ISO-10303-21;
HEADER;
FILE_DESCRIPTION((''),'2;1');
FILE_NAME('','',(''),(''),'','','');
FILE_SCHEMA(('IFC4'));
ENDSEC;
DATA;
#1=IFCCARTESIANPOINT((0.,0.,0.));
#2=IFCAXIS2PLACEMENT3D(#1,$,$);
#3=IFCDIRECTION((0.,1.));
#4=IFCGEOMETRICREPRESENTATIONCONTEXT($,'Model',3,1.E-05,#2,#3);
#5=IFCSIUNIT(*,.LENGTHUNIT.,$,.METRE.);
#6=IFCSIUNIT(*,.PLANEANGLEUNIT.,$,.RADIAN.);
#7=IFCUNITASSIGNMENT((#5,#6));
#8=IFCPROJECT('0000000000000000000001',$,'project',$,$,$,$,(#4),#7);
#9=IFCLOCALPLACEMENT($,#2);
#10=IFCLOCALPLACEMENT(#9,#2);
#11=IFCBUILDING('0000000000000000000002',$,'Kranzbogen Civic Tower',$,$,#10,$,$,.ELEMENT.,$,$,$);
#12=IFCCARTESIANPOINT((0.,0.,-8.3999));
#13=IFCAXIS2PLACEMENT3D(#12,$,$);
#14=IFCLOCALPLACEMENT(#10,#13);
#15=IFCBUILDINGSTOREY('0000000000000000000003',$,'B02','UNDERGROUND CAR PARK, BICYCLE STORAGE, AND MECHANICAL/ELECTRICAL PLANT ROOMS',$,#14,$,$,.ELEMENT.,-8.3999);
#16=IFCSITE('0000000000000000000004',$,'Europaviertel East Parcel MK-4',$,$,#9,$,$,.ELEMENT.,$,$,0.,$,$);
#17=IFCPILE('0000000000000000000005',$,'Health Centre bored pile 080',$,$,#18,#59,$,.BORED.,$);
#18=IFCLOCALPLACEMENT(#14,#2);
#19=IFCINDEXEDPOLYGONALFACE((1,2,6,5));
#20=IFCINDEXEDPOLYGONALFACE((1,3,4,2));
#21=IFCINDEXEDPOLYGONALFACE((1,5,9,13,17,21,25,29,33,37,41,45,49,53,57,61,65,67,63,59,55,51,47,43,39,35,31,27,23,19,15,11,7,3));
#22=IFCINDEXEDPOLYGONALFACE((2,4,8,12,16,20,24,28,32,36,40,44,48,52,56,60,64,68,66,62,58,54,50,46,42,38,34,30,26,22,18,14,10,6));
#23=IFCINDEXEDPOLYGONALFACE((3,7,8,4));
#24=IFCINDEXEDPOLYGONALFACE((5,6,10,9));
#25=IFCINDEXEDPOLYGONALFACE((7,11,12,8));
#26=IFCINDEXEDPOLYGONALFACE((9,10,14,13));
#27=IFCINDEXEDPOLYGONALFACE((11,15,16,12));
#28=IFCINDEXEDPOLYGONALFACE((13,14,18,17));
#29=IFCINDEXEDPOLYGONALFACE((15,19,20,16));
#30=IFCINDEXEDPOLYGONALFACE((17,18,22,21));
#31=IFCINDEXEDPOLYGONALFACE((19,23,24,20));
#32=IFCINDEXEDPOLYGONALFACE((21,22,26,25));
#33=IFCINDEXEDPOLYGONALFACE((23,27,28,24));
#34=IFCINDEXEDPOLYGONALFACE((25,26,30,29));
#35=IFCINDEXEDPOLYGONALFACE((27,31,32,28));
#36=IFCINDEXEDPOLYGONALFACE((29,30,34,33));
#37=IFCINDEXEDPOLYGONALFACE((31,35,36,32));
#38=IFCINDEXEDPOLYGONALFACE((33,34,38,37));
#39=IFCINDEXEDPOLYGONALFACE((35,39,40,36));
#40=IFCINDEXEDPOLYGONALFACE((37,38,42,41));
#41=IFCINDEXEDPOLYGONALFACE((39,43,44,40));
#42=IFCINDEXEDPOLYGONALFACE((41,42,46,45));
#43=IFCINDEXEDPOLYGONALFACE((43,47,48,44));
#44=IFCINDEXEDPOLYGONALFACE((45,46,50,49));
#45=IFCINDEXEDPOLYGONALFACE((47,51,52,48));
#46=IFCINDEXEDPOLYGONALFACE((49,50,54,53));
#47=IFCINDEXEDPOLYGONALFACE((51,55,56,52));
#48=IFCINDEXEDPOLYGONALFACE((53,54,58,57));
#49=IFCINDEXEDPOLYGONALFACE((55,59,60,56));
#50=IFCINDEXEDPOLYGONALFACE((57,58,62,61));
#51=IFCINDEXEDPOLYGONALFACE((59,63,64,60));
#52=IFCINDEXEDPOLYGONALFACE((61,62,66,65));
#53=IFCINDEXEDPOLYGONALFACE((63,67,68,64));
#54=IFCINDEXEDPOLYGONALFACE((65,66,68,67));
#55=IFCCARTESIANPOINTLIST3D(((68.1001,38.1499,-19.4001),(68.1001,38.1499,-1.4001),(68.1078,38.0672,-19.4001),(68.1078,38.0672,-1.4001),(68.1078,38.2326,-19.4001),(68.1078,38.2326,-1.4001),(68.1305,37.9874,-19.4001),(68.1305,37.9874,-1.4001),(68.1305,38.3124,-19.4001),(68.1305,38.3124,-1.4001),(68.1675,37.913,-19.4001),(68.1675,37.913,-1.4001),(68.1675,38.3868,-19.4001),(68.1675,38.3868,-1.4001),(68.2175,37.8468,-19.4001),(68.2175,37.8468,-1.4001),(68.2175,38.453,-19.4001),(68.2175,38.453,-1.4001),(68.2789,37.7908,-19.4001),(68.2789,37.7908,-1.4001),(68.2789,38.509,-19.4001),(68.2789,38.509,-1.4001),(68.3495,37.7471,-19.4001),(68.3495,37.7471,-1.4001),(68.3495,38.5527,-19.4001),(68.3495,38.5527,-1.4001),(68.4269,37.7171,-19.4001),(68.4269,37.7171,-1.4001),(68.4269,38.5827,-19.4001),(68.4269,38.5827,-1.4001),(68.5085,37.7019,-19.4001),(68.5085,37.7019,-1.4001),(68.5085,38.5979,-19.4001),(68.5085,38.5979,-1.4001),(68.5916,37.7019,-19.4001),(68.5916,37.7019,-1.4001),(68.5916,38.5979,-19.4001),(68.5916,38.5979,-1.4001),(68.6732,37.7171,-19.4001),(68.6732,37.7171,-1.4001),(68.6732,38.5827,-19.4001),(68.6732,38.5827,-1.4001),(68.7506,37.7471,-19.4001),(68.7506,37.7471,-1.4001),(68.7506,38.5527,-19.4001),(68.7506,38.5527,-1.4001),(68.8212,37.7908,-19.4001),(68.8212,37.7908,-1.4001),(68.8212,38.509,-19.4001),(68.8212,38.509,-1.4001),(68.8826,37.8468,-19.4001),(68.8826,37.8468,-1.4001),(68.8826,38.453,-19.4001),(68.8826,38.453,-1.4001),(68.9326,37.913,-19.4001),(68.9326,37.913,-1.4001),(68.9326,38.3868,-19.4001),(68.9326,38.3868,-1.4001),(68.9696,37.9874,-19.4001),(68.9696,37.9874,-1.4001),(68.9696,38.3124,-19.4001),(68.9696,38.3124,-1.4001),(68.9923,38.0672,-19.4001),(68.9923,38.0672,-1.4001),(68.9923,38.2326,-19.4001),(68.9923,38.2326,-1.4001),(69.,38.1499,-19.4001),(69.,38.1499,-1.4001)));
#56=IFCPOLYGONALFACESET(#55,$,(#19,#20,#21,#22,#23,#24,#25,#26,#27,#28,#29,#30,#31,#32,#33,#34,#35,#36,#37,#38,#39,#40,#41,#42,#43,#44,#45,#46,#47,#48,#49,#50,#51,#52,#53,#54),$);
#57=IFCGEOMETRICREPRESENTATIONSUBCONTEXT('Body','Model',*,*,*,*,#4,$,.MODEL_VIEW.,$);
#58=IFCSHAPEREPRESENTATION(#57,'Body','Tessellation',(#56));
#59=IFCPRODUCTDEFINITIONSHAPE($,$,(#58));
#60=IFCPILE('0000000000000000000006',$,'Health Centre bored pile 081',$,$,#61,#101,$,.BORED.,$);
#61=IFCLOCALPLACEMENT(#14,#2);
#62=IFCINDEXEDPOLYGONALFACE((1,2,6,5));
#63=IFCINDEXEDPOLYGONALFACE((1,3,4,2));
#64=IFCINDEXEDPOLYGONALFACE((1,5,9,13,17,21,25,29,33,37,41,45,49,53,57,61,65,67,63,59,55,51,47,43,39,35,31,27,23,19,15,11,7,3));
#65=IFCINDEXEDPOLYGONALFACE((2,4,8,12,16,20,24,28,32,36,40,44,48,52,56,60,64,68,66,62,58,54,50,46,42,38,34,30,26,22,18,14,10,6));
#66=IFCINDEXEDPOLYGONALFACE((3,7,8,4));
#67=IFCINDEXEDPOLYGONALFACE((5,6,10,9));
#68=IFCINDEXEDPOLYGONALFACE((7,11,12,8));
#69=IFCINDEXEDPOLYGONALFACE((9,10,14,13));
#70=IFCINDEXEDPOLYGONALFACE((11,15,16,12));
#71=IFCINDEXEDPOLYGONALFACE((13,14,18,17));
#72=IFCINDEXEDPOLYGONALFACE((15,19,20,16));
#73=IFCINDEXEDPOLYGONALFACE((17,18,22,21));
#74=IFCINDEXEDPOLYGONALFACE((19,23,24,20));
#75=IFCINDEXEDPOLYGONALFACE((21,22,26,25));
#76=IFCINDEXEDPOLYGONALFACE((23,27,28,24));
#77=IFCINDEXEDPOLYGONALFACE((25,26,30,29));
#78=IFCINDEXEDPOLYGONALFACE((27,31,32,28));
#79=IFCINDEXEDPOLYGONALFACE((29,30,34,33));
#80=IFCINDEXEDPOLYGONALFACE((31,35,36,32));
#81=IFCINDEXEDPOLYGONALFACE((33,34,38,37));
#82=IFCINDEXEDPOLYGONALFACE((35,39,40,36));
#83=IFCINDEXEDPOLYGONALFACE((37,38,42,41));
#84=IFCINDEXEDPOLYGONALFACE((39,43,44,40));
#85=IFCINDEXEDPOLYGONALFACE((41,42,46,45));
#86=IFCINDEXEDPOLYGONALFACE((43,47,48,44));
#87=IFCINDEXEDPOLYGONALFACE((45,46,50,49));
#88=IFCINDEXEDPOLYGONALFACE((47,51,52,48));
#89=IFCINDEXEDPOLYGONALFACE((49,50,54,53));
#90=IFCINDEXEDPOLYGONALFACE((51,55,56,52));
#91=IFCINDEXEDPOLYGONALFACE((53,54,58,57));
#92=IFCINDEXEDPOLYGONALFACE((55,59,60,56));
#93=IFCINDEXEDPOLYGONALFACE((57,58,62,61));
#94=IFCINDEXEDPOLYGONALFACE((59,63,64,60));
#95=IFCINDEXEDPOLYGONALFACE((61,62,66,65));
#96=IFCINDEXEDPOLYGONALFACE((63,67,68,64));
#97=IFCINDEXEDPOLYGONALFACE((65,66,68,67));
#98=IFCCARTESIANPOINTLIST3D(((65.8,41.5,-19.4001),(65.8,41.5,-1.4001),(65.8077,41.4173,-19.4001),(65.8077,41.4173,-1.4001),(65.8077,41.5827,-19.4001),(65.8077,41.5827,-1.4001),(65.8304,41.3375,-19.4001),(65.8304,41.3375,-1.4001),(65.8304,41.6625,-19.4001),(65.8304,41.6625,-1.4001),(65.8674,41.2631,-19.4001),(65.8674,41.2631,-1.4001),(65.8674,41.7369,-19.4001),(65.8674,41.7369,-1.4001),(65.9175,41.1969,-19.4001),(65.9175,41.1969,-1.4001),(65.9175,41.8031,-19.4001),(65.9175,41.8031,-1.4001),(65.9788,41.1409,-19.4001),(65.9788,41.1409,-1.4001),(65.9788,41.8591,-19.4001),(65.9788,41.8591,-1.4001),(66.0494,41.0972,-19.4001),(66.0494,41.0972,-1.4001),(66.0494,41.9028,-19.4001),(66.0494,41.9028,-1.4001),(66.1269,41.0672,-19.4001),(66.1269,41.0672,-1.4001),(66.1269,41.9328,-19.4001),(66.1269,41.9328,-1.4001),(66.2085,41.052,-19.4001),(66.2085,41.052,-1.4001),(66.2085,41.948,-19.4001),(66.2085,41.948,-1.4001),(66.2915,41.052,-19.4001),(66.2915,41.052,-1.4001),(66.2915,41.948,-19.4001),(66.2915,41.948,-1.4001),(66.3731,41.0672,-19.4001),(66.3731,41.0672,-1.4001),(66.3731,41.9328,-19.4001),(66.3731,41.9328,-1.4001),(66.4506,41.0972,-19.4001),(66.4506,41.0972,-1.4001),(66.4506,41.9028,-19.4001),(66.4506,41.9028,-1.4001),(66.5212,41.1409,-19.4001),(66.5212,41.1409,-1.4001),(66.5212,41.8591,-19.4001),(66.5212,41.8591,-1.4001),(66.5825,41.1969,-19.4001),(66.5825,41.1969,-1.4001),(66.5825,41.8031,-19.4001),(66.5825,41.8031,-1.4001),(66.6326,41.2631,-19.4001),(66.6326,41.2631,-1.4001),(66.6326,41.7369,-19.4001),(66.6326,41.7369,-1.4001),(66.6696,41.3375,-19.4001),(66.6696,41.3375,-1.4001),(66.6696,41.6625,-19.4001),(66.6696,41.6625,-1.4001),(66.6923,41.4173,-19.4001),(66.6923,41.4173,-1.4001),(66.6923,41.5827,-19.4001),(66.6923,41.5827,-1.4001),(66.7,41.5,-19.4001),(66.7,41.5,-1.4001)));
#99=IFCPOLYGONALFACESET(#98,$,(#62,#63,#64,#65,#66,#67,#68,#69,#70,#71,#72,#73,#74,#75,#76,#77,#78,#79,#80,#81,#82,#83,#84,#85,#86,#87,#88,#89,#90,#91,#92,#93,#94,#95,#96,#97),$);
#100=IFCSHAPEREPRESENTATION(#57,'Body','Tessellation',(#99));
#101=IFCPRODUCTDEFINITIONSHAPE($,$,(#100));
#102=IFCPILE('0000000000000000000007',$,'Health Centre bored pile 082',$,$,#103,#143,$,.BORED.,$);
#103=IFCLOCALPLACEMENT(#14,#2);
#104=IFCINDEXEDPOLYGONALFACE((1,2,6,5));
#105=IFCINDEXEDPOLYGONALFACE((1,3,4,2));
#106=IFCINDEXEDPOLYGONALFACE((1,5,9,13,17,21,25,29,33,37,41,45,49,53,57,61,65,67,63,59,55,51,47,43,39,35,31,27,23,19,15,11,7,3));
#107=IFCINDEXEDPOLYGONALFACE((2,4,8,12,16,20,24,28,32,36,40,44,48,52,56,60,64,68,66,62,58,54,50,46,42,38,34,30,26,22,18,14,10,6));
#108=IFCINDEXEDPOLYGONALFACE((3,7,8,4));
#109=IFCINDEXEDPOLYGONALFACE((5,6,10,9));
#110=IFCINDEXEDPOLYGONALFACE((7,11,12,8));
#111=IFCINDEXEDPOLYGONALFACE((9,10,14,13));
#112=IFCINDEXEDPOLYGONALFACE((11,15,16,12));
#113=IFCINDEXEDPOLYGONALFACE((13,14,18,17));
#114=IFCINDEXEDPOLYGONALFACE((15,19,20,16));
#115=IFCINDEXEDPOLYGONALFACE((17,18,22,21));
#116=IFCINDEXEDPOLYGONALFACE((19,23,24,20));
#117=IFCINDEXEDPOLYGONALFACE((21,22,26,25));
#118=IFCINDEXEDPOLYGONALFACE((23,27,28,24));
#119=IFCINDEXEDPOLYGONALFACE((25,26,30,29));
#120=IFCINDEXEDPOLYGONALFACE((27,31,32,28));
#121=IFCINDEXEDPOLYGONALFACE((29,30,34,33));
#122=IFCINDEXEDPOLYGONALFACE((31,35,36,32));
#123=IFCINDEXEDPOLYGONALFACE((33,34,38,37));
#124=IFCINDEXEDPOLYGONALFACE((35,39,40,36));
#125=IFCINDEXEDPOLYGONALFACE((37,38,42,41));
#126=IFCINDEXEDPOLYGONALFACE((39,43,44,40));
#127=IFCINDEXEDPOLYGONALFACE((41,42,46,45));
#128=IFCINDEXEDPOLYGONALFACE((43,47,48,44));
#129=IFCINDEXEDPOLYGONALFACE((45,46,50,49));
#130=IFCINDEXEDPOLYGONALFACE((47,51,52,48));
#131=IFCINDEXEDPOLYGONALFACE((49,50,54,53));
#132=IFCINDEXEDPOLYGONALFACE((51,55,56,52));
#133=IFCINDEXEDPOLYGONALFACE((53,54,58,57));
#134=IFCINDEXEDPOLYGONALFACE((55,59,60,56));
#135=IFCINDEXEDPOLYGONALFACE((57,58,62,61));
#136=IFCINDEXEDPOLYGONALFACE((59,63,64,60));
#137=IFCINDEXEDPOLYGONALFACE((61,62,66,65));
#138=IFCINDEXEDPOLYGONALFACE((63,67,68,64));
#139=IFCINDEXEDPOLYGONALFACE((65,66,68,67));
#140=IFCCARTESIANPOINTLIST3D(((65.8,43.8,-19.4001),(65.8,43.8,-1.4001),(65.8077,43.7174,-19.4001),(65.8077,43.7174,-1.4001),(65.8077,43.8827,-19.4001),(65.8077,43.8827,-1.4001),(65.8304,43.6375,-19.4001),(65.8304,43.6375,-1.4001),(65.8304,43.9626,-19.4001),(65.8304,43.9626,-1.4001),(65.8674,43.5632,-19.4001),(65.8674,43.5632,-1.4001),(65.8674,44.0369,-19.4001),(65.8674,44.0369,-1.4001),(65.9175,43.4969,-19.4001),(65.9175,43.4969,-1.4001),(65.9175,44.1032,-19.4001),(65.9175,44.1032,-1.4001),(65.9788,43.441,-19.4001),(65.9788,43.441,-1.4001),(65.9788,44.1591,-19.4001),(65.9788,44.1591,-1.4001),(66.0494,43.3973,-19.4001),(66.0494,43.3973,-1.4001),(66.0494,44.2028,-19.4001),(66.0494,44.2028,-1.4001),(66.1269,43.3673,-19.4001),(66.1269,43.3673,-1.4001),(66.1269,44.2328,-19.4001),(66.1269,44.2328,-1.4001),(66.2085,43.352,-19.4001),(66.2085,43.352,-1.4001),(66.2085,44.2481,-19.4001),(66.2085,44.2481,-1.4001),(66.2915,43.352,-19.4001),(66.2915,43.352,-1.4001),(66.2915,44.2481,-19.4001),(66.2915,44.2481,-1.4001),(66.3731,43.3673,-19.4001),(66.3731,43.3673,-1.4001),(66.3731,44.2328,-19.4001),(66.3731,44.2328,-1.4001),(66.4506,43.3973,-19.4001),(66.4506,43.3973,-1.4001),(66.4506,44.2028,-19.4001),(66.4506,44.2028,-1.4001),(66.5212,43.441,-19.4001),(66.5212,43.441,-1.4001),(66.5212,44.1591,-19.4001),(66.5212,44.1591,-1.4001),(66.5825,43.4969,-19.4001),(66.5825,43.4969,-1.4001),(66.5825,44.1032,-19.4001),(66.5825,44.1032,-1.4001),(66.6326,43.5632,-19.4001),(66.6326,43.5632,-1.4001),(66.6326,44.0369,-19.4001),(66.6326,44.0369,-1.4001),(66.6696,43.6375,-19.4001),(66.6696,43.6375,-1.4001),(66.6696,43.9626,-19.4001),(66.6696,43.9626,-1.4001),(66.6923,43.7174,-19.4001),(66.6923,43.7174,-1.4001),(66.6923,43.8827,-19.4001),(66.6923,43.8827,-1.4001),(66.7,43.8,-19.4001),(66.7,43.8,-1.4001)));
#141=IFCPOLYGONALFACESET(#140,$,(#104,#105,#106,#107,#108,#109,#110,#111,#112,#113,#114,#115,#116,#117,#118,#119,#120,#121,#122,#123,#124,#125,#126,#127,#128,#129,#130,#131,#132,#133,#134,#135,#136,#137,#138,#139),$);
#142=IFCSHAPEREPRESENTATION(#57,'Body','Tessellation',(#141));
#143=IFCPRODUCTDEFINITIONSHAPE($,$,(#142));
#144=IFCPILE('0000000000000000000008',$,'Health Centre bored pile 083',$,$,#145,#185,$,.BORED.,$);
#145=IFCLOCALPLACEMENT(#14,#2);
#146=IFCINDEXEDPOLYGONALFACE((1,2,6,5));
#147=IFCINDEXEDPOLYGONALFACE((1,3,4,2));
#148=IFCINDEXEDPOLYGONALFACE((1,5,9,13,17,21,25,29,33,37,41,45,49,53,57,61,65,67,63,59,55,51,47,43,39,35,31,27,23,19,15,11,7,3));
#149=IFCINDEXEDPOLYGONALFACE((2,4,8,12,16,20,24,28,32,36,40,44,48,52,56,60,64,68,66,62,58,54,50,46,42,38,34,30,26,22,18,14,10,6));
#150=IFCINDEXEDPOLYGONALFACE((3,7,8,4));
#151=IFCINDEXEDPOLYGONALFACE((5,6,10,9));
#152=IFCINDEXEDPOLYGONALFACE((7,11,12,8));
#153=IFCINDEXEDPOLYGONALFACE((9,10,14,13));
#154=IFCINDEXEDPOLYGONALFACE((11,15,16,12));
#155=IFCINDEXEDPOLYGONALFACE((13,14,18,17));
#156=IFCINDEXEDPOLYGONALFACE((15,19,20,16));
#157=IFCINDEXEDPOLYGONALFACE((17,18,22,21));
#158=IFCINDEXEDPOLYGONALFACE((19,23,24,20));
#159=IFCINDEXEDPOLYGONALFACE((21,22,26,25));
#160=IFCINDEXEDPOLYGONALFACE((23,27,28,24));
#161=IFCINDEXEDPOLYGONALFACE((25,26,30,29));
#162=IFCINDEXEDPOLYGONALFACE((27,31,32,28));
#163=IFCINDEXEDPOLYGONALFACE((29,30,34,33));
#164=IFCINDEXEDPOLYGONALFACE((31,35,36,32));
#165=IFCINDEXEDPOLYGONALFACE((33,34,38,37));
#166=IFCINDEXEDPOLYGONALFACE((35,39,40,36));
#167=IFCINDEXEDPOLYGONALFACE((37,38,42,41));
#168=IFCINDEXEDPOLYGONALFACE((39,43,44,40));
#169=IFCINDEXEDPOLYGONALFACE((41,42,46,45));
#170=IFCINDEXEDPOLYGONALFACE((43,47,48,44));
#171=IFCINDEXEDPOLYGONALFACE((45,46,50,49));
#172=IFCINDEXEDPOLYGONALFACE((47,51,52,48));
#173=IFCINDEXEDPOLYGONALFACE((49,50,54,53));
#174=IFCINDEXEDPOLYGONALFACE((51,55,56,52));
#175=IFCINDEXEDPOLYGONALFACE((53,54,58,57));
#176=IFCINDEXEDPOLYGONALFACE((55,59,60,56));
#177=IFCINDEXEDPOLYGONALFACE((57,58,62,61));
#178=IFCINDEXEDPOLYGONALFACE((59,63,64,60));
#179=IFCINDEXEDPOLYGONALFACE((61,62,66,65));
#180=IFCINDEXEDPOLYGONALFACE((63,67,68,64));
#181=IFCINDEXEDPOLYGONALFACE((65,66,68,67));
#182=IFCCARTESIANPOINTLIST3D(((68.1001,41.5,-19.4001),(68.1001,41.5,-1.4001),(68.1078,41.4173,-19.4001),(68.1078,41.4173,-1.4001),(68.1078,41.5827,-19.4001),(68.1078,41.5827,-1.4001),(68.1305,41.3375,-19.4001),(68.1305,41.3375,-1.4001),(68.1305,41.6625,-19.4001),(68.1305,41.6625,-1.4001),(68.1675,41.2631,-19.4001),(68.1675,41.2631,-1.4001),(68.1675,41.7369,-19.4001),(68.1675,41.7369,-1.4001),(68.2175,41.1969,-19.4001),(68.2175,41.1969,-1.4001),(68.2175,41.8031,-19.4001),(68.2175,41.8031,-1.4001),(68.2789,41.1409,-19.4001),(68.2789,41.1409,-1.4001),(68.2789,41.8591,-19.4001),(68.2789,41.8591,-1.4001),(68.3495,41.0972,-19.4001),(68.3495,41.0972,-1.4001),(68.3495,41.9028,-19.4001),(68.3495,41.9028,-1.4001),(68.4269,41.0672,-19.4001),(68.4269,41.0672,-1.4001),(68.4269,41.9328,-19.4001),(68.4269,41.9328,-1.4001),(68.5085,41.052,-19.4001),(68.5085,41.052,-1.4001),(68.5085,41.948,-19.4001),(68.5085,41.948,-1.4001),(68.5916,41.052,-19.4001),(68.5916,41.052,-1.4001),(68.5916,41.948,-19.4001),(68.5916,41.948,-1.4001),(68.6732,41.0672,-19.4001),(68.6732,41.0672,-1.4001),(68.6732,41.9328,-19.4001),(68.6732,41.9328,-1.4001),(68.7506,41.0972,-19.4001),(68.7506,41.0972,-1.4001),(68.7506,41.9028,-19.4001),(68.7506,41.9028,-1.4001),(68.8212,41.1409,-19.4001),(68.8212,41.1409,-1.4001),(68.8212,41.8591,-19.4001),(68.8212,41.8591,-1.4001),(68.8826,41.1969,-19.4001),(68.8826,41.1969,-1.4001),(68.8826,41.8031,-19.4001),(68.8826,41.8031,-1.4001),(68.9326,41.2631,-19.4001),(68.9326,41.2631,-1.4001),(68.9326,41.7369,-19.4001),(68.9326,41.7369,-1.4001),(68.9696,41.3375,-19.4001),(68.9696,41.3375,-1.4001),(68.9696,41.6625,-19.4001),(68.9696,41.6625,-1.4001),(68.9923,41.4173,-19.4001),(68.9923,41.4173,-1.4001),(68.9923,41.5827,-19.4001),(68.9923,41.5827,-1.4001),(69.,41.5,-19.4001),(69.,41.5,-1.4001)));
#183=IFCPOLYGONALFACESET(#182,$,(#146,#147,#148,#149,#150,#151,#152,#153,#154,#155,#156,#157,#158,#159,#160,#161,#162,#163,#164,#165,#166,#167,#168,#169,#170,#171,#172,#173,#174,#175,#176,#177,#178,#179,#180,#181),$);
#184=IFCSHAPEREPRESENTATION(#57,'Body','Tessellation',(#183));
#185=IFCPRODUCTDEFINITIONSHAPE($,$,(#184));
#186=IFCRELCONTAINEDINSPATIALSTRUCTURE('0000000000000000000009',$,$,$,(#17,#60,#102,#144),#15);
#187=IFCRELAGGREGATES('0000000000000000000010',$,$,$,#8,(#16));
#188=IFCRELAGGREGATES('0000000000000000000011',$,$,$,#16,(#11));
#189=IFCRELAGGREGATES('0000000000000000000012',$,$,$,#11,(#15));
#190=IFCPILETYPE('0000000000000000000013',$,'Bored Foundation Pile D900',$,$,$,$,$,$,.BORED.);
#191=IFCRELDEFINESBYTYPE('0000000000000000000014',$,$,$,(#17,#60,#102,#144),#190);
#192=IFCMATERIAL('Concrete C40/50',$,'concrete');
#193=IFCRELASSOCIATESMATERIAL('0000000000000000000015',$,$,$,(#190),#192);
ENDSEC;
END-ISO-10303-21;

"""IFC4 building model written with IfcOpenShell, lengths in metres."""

from ifc_helpers import new_model, si_unit, direction, frame, origin, origin_2d, place, context, subcontext, project, spatial, circle, extrude, material, material_profile, profile_set, type_object, element, save


model = new_model("IFC4")

# Units and contexts
model_context = context("Model", 3, precision=1e-05, world=origin(), true_north=direction((0.0, 1.0)))
body_context = subcontext(model_context, "Body", "Model", "MODEL_VIEW")
ifc_project = project(units=[si_unit("LENGTHUNIT", "METRE"), si_unit("PLANEANGLEUNIT", "RADIAN")], contexts=[model_context])

# Site, building, storey
site_placement = place(None, origin())
site = spatial("IfcSite", under=ifc_project, at=site_placement, Name="Europaviertel East Parcel MK-4", CompositionType="ELEMENT", RefElevation=0.0)
building_placement = place(site_placement, origin())
building = spatial("IfcBuilding", under=site, at=building_placement, Name="Kranzbogen Civic Tower", CompositionType="ELEMENT")
storey_placement = place(building_placement, frame((0.0, 0.0, -8.3999)))
storey = spatial("IfcBuildingStorey", under=building, at=storey_placement, Name="B02", Description="UNDERGROUND CAR PARK, BICYCLE STORAGE, AND MECHANICAL/ELECTRICAL PLANT ROOMS", CompositionType="ELEMENT", Elevation=-8.3999)

# Piles
ifc_material_1 = material(Name="Concrete C40/50", Category="concrete")
ifc_material_profile_1 = material_profile(ifc_material_1, circle(Radius=0.45, at=origin_2d()), Name="PILE D900")
ifc_profile_set_1 = profile_set([ifc_material_profile_1], Name="Concrete C40/50")
pile_type = type_object("IfcPileType", Name="Bored Foundation Pile D900", PredefinedType="BORED", material=ifc_profile_set_1)
for number, where, z_axis, x_axis, name in (
    (1, (68.55, 38.1499, -1.4001), (0.0, 0.0, -1.0), (1.0, 0.0, 0.0), "Health Centre bored pile 080"),
    (2, (66.25, 41.5, -1.4001), (0.0, 0.0, -1.0), (1.0, 0.0, 0.0), "Health Centre bored pile 081"),
    (3, (66.25, 43.8, -1.4001), (0.0, 0.0, -1.0), (1.0, 0.0, 0.0), "Health Centre bored pile 082"),
    (4, (68.55, 41.5, -1.4001), (0.0, 0.0, -1.0), (1.0, 0.0, 0.0), "Health Centre bored pile 083"),
):
    element("IfcPile", number, at=place(storey_placement, frame(where, z_axis=z_axis, x_axis=x_axis)), inside=storey, type_object=pile_type, Name=name, PredefinedType="BORED", context=body_context, shape_type="SweptSolid", body=[
        extrude(circle(Radius=0.45, at=origin_2d()), origin(), (0.0, 0.0, 1.0), 18.0),
    ])

save(model, "model.ifc")
